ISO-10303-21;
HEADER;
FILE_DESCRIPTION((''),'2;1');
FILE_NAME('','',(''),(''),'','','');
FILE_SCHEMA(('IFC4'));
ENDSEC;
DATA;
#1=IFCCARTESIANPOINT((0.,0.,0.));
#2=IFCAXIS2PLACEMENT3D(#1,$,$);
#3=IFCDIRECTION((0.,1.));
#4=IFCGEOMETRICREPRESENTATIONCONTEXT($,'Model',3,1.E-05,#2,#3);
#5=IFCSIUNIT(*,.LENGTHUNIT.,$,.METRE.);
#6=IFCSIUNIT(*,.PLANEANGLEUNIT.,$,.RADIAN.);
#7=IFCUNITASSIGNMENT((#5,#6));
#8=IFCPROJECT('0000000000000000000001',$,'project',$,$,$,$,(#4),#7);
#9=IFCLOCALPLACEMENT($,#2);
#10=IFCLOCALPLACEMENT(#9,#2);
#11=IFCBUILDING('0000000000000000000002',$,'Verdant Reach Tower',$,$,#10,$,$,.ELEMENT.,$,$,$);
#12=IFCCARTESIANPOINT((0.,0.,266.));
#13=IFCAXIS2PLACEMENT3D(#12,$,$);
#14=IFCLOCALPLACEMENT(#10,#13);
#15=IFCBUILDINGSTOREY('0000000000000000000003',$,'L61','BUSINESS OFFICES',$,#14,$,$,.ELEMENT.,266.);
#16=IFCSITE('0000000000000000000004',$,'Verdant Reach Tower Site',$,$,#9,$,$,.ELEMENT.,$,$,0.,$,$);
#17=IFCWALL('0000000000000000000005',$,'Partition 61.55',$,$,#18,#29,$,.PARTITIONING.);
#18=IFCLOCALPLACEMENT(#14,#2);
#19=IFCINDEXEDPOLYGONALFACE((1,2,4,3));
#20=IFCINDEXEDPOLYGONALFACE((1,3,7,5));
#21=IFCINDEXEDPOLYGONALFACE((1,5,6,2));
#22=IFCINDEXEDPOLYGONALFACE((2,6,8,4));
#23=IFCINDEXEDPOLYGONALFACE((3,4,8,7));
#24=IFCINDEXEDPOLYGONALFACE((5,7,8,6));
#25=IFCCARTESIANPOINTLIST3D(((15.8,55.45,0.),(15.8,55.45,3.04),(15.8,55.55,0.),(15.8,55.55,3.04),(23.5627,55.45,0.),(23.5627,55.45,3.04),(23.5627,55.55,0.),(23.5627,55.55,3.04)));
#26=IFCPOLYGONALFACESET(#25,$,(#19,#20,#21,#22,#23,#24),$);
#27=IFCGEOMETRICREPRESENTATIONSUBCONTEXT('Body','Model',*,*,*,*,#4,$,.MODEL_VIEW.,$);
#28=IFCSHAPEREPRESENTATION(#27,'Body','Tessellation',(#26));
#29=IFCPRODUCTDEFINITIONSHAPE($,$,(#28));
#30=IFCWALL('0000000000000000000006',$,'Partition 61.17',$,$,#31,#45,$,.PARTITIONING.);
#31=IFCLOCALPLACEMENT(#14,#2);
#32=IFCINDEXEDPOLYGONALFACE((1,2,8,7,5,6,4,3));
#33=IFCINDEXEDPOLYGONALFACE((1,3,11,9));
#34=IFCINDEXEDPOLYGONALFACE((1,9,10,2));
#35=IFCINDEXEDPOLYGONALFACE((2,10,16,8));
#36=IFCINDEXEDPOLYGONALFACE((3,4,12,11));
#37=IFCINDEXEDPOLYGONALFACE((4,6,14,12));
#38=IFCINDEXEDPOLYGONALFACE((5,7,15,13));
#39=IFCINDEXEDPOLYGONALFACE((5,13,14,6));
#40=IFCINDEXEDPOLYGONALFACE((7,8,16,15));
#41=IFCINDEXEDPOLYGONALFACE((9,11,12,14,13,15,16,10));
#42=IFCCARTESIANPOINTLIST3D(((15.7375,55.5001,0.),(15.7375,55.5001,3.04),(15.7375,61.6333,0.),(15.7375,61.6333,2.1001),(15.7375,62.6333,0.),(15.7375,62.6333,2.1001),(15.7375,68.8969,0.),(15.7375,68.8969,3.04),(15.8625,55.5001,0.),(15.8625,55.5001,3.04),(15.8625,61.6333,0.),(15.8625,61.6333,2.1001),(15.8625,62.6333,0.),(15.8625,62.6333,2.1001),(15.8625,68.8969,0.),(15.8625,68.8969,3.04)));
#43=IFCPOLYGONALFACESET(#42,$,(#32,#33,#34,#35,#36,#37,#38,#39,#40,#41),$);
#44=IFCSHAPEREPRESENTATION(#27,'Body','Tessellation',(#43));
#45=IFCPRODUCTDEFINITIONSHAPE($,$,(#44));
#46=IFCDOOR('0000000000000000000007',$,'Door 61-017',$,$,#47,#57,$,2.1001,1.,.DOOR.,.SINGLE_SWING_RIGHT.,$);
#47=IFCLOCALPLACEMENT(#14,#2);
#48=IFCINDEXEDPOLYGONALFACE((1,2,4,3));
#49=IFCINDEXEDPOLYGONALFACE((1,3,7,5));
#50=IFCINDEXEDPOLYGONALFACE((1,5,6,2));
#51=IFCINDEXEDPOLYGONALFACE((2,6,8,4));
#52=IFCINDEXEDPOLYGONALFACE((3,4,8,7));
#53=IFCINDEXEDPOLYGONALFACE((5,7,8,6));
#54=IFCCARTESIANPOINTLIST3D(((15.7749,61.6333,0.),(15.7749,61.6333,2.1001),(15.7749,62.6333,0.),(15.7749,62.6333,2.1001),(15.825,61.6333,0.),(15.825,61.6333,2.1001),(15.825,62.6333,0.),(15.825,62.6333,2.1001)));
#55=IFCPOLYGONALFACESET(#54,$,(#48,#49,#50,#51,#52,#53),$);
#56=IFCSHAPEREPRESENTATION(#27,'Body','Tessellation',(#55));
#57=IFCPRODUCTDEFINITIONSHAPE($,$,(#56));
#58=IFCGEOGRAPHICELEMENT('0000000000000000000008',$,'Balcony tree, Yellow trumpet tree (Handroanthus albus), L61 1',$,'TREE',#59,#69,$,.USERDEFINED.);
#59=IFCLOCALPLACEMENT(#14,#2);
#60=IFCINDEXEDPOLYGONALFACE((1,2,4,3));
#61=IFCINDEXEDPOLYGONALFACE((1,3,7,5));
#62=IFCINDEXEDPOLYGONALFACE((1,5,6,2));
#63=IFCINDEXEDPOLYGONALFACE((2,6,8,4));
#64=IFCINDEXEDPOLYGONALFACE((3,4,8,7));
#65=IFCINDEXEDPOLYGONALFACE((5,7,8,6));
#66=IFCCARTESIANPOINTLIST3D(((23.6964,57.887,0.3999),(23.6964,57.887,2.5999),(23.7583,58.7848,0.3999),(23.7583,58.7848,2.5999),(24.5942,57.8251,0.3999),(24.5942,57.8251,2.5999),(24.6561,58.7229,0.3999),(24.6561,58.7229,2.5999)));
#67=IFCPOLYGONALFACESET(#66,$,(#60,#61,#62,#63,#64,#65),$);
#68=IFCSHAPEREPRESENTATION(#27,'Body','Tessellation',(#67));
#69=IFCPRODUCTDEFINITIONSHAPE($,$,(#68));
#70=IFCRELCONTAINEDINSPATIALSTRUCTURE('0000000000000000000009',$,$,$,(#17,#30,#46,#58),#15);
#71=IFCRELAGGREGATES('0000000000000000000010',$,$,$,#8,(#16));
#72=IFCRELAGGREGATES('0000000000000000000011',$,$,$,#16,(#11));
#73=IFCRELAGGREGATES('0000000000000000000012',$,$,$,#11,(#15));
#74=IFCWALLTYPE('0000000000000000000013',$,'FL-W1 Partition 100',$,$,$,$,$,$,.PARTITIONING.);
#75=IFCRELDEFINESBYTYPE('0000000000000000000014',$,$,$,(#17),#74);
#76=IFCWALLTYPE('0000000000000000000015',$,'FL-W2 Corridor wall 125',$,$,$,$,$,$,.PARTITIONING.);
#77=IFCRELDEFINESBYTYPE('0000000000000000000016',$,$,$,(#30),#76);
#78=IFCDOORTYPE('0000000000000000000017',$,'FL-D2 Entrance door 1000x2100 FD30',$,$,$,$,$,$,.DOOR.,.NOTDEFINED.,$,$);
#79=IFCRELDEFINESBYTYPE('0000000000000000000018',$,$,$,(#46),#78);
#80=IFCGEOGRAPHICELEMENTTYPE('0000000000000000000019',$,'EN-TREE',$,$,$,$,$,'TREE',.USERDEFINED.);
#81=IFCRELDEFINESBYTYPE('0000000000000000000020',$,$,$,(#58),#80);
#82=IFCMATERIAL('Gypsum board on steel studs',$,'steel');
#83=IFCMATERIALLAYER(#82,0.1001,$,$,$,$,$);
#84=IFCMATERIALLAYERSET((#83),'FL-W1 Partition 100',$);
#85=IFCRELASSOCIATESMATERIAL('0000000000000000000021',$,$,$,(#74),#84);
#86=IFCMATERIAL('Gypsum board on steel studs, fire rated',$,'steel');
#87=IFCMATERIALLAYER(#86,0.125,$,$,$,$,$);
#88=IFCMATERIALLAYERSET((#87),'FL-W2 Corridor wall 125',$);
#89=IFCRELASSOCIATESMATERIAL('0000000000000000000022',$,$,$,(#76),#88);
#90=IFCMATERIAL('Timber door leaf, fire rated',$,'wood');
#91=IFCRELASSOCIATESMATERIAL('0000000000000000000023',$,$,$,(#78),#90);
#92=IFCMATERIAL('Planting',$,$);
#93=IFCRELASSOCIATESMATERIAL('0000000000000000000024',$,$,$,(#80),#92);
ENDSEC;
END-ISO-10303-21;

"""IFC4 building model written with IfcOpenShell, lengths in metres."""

from ifc_helpers import new_model, si_unit, direction, frame, frame_2d, origin, origin_2d, place, context, subcontext, project, spatial, rectangle, extrude, material, layer, layer_set, type_object, element, fill, save


model = new_model("IFC4")

# Units and contexts
model_context = context("Model", 3, precision=1e-05, world=origin(), true_north=direction((0.0, 1.0)))
body_context = subcontext(model_context, "Body", "Model", "MODEL_VIEW")
ifc_project = project(units=[si_unit("LENGTHUNIT", "METRE"), si_unit("PLANEANGLEUNIT", "RADIAN")], contexts=[model_context])

# Site, building, storey
site_placement = place(None, origin())
site = spatial("IfcSite", under=ifc_project, at=site_placement, Name="Verdant Reach Tower Site", CompositionType="ELEMENT", RefElevation=0.0)
building_placement = place(site_placement, origin())
building = spatial("IfcBuilding", under=site, at=building_placement, Name="Verdant Reach Tower", CompositionType="ELEMENT")
storey_placement = place(building_placement, frame((0.0, 0.0, 266.0)))
storey = spatial("IfcBuildingStorey", under=building, at=storey_placement, Name="L61", Description="BUSINESS OFFICES", CompositionType="ELEMENT", Elevation=266.0)

# Wall
ifc_material_1 = material(Name="Gypsum board on steel studs", Category="steel")
ifc_layer_1 = layer(ifc_material_1, 0.1001)
ifc_layer_set_1 = layer_set([ifc_layer_1], Name="FL-W1 Partition 100")
wall_type_1 = type_object("IfcWallType", Name="FL-W1 Partition 100", PredefinedType="PARTITIONING", material=ifc_layer_set_1)
wall_1_placement = place(storey_placement, frame((23.5627, 55.5, 0.0), z_axis=(0.0, 0.0, 1.0), x_axis=(-1.0, 0.0, 0.0)))
element("IfcWall", 1, at=wall_1_placement, inside=storey, type_object=wall_type_1, Name="Partition 61.55", PredefinedType="PARTITIONING", context=body_context, shape_type="SweptSolid", body=[
    extrude(rectangle(XDim=7.7627, YDim=0.1001, at=frame_2d((3.8813, 0.0))), origin(), (0.0, 0.0, 1.0), 3.04),
])

# Wall, opening, door
ifc_material_2 = material(Name="Gypsum board on steel studs, fire rated", Category="steel")
ifc_layer_2 = layer(ifc_material_2, 0.125)
ifc_layer_set_2 = layer_set([ifc_layer_2], Name="FL-W2 Corridor wall 125")
wall_type_2 = type_object("IfcWallType", Name="FL-W2 Corridor wall 125", PredefinedType="PARTITIONING", material=ifc_layer_set_2)
wall_2_placement = place(storey_placement, frame((15.8, 68.8967, 0.0), z_axis=(0.0, 0.0, 1.0), x_axis=(0.0, -1.0, 0.0)))
wall_2 = element("IfcWall", 2, at=wall_2_placement, inside=storey, type_object=wall_type_2, Name="Partition 61.17", PredefinedType="PARTITIONING", context=body_context, shape_type="SweptSolid", body=[
    extrude(rectangle(XDim=13.3967, YDim=0.125, at=frame_2d((6.6982, 0.0))), origin(), (0.0, 0.0, 1.0), 3.04),
])
opening_1_placement = place(wall_2_placement, frame((6.2634, 0.0, 0.0)))
opening_1 = element("IfcOpeningElement", 3, at=opening_1_placement, cuts=wall_2, PredefinedType="OPENING", context=body_context, shape_type="SweptSolid", body=[
    extrude(rectangle(XDim=1.0, YDim=2.1001, at=frame_2d((0.5, 1.05))), frame((0.0, 0.0725, 0.0), z_axis=(0.0, -1.0, 0.0), x_axis=(1.0, 0.0, 0.0)), (0.0, 0.0, 1.0), 0.145),
])
ifc_material_3 = material(Name="Timber door leaf, fire rated", Category="wood")
door_type_1 = type_object("IfcDoorType", Name="FL-D2 Entrance door 1000x2100 FD30", OperationType="NOTDEFINED", PredefinedType="DOOR", material=ifc_material_3)
door_1_placement = place(opening_1_placement, origin())
door_1 = element("IfcDoor", 4, at=door_1_placement, inside=storey, type_object=door_type_1, Name="Door 61-017", OperationType="SINGLE_SWING_RIGHT", OverallHeight=2.1001, OverallWidth=1.0, PredefinedType="DOOR", context=body_context, shape_type="SweptSolid", body=[
    extrude(rectangle(XDim=1.0, YDim=2.1001, at=frame_2d((0.5, 1.05))), frame((0.0, 0.0249, 0.0), z_axis=(0.0, -1.0, 0.0), x_axis=(1.0, 0.0, 0.0)), (0.0, 0.0, 1.0), 0.05),
])
fill(opening_1, door_1)

# Geographic element
ifc_material_4 = material(Name="Planting")
geographic_element_type = type_object("IfcGeographicElementType", Name="EN-TREE", ElementType="TREE", PredefinedType="USERDEFINED", material=ifc_material_4)
geographic_element_placement = place(storey_placement, frame((24.1763, 58.3049, 0.3999), z_axis=(0.0, 0.0, 1.0), x_axis=(0.068802, 0.99763, 0.0)))
element("IfcGeographicElement", 5, at=geographic_element_placement, inside=storey, type_object=geographic_element_type, Name="Balcony tree, Yellow trumpet tree (Handroanthus albus), L61 1", ObjectType="TREE", PredefinedType="USERDEFINED", context=body_context, shape_type="SweptSolid", body=[
    extrude(rectangle(XDim=0.8999, YDim=0.8999, at=origin_2d()), origin(), (0.0, 0.0, 1.0), 2.2),
])

save(model, "model.ifc")
